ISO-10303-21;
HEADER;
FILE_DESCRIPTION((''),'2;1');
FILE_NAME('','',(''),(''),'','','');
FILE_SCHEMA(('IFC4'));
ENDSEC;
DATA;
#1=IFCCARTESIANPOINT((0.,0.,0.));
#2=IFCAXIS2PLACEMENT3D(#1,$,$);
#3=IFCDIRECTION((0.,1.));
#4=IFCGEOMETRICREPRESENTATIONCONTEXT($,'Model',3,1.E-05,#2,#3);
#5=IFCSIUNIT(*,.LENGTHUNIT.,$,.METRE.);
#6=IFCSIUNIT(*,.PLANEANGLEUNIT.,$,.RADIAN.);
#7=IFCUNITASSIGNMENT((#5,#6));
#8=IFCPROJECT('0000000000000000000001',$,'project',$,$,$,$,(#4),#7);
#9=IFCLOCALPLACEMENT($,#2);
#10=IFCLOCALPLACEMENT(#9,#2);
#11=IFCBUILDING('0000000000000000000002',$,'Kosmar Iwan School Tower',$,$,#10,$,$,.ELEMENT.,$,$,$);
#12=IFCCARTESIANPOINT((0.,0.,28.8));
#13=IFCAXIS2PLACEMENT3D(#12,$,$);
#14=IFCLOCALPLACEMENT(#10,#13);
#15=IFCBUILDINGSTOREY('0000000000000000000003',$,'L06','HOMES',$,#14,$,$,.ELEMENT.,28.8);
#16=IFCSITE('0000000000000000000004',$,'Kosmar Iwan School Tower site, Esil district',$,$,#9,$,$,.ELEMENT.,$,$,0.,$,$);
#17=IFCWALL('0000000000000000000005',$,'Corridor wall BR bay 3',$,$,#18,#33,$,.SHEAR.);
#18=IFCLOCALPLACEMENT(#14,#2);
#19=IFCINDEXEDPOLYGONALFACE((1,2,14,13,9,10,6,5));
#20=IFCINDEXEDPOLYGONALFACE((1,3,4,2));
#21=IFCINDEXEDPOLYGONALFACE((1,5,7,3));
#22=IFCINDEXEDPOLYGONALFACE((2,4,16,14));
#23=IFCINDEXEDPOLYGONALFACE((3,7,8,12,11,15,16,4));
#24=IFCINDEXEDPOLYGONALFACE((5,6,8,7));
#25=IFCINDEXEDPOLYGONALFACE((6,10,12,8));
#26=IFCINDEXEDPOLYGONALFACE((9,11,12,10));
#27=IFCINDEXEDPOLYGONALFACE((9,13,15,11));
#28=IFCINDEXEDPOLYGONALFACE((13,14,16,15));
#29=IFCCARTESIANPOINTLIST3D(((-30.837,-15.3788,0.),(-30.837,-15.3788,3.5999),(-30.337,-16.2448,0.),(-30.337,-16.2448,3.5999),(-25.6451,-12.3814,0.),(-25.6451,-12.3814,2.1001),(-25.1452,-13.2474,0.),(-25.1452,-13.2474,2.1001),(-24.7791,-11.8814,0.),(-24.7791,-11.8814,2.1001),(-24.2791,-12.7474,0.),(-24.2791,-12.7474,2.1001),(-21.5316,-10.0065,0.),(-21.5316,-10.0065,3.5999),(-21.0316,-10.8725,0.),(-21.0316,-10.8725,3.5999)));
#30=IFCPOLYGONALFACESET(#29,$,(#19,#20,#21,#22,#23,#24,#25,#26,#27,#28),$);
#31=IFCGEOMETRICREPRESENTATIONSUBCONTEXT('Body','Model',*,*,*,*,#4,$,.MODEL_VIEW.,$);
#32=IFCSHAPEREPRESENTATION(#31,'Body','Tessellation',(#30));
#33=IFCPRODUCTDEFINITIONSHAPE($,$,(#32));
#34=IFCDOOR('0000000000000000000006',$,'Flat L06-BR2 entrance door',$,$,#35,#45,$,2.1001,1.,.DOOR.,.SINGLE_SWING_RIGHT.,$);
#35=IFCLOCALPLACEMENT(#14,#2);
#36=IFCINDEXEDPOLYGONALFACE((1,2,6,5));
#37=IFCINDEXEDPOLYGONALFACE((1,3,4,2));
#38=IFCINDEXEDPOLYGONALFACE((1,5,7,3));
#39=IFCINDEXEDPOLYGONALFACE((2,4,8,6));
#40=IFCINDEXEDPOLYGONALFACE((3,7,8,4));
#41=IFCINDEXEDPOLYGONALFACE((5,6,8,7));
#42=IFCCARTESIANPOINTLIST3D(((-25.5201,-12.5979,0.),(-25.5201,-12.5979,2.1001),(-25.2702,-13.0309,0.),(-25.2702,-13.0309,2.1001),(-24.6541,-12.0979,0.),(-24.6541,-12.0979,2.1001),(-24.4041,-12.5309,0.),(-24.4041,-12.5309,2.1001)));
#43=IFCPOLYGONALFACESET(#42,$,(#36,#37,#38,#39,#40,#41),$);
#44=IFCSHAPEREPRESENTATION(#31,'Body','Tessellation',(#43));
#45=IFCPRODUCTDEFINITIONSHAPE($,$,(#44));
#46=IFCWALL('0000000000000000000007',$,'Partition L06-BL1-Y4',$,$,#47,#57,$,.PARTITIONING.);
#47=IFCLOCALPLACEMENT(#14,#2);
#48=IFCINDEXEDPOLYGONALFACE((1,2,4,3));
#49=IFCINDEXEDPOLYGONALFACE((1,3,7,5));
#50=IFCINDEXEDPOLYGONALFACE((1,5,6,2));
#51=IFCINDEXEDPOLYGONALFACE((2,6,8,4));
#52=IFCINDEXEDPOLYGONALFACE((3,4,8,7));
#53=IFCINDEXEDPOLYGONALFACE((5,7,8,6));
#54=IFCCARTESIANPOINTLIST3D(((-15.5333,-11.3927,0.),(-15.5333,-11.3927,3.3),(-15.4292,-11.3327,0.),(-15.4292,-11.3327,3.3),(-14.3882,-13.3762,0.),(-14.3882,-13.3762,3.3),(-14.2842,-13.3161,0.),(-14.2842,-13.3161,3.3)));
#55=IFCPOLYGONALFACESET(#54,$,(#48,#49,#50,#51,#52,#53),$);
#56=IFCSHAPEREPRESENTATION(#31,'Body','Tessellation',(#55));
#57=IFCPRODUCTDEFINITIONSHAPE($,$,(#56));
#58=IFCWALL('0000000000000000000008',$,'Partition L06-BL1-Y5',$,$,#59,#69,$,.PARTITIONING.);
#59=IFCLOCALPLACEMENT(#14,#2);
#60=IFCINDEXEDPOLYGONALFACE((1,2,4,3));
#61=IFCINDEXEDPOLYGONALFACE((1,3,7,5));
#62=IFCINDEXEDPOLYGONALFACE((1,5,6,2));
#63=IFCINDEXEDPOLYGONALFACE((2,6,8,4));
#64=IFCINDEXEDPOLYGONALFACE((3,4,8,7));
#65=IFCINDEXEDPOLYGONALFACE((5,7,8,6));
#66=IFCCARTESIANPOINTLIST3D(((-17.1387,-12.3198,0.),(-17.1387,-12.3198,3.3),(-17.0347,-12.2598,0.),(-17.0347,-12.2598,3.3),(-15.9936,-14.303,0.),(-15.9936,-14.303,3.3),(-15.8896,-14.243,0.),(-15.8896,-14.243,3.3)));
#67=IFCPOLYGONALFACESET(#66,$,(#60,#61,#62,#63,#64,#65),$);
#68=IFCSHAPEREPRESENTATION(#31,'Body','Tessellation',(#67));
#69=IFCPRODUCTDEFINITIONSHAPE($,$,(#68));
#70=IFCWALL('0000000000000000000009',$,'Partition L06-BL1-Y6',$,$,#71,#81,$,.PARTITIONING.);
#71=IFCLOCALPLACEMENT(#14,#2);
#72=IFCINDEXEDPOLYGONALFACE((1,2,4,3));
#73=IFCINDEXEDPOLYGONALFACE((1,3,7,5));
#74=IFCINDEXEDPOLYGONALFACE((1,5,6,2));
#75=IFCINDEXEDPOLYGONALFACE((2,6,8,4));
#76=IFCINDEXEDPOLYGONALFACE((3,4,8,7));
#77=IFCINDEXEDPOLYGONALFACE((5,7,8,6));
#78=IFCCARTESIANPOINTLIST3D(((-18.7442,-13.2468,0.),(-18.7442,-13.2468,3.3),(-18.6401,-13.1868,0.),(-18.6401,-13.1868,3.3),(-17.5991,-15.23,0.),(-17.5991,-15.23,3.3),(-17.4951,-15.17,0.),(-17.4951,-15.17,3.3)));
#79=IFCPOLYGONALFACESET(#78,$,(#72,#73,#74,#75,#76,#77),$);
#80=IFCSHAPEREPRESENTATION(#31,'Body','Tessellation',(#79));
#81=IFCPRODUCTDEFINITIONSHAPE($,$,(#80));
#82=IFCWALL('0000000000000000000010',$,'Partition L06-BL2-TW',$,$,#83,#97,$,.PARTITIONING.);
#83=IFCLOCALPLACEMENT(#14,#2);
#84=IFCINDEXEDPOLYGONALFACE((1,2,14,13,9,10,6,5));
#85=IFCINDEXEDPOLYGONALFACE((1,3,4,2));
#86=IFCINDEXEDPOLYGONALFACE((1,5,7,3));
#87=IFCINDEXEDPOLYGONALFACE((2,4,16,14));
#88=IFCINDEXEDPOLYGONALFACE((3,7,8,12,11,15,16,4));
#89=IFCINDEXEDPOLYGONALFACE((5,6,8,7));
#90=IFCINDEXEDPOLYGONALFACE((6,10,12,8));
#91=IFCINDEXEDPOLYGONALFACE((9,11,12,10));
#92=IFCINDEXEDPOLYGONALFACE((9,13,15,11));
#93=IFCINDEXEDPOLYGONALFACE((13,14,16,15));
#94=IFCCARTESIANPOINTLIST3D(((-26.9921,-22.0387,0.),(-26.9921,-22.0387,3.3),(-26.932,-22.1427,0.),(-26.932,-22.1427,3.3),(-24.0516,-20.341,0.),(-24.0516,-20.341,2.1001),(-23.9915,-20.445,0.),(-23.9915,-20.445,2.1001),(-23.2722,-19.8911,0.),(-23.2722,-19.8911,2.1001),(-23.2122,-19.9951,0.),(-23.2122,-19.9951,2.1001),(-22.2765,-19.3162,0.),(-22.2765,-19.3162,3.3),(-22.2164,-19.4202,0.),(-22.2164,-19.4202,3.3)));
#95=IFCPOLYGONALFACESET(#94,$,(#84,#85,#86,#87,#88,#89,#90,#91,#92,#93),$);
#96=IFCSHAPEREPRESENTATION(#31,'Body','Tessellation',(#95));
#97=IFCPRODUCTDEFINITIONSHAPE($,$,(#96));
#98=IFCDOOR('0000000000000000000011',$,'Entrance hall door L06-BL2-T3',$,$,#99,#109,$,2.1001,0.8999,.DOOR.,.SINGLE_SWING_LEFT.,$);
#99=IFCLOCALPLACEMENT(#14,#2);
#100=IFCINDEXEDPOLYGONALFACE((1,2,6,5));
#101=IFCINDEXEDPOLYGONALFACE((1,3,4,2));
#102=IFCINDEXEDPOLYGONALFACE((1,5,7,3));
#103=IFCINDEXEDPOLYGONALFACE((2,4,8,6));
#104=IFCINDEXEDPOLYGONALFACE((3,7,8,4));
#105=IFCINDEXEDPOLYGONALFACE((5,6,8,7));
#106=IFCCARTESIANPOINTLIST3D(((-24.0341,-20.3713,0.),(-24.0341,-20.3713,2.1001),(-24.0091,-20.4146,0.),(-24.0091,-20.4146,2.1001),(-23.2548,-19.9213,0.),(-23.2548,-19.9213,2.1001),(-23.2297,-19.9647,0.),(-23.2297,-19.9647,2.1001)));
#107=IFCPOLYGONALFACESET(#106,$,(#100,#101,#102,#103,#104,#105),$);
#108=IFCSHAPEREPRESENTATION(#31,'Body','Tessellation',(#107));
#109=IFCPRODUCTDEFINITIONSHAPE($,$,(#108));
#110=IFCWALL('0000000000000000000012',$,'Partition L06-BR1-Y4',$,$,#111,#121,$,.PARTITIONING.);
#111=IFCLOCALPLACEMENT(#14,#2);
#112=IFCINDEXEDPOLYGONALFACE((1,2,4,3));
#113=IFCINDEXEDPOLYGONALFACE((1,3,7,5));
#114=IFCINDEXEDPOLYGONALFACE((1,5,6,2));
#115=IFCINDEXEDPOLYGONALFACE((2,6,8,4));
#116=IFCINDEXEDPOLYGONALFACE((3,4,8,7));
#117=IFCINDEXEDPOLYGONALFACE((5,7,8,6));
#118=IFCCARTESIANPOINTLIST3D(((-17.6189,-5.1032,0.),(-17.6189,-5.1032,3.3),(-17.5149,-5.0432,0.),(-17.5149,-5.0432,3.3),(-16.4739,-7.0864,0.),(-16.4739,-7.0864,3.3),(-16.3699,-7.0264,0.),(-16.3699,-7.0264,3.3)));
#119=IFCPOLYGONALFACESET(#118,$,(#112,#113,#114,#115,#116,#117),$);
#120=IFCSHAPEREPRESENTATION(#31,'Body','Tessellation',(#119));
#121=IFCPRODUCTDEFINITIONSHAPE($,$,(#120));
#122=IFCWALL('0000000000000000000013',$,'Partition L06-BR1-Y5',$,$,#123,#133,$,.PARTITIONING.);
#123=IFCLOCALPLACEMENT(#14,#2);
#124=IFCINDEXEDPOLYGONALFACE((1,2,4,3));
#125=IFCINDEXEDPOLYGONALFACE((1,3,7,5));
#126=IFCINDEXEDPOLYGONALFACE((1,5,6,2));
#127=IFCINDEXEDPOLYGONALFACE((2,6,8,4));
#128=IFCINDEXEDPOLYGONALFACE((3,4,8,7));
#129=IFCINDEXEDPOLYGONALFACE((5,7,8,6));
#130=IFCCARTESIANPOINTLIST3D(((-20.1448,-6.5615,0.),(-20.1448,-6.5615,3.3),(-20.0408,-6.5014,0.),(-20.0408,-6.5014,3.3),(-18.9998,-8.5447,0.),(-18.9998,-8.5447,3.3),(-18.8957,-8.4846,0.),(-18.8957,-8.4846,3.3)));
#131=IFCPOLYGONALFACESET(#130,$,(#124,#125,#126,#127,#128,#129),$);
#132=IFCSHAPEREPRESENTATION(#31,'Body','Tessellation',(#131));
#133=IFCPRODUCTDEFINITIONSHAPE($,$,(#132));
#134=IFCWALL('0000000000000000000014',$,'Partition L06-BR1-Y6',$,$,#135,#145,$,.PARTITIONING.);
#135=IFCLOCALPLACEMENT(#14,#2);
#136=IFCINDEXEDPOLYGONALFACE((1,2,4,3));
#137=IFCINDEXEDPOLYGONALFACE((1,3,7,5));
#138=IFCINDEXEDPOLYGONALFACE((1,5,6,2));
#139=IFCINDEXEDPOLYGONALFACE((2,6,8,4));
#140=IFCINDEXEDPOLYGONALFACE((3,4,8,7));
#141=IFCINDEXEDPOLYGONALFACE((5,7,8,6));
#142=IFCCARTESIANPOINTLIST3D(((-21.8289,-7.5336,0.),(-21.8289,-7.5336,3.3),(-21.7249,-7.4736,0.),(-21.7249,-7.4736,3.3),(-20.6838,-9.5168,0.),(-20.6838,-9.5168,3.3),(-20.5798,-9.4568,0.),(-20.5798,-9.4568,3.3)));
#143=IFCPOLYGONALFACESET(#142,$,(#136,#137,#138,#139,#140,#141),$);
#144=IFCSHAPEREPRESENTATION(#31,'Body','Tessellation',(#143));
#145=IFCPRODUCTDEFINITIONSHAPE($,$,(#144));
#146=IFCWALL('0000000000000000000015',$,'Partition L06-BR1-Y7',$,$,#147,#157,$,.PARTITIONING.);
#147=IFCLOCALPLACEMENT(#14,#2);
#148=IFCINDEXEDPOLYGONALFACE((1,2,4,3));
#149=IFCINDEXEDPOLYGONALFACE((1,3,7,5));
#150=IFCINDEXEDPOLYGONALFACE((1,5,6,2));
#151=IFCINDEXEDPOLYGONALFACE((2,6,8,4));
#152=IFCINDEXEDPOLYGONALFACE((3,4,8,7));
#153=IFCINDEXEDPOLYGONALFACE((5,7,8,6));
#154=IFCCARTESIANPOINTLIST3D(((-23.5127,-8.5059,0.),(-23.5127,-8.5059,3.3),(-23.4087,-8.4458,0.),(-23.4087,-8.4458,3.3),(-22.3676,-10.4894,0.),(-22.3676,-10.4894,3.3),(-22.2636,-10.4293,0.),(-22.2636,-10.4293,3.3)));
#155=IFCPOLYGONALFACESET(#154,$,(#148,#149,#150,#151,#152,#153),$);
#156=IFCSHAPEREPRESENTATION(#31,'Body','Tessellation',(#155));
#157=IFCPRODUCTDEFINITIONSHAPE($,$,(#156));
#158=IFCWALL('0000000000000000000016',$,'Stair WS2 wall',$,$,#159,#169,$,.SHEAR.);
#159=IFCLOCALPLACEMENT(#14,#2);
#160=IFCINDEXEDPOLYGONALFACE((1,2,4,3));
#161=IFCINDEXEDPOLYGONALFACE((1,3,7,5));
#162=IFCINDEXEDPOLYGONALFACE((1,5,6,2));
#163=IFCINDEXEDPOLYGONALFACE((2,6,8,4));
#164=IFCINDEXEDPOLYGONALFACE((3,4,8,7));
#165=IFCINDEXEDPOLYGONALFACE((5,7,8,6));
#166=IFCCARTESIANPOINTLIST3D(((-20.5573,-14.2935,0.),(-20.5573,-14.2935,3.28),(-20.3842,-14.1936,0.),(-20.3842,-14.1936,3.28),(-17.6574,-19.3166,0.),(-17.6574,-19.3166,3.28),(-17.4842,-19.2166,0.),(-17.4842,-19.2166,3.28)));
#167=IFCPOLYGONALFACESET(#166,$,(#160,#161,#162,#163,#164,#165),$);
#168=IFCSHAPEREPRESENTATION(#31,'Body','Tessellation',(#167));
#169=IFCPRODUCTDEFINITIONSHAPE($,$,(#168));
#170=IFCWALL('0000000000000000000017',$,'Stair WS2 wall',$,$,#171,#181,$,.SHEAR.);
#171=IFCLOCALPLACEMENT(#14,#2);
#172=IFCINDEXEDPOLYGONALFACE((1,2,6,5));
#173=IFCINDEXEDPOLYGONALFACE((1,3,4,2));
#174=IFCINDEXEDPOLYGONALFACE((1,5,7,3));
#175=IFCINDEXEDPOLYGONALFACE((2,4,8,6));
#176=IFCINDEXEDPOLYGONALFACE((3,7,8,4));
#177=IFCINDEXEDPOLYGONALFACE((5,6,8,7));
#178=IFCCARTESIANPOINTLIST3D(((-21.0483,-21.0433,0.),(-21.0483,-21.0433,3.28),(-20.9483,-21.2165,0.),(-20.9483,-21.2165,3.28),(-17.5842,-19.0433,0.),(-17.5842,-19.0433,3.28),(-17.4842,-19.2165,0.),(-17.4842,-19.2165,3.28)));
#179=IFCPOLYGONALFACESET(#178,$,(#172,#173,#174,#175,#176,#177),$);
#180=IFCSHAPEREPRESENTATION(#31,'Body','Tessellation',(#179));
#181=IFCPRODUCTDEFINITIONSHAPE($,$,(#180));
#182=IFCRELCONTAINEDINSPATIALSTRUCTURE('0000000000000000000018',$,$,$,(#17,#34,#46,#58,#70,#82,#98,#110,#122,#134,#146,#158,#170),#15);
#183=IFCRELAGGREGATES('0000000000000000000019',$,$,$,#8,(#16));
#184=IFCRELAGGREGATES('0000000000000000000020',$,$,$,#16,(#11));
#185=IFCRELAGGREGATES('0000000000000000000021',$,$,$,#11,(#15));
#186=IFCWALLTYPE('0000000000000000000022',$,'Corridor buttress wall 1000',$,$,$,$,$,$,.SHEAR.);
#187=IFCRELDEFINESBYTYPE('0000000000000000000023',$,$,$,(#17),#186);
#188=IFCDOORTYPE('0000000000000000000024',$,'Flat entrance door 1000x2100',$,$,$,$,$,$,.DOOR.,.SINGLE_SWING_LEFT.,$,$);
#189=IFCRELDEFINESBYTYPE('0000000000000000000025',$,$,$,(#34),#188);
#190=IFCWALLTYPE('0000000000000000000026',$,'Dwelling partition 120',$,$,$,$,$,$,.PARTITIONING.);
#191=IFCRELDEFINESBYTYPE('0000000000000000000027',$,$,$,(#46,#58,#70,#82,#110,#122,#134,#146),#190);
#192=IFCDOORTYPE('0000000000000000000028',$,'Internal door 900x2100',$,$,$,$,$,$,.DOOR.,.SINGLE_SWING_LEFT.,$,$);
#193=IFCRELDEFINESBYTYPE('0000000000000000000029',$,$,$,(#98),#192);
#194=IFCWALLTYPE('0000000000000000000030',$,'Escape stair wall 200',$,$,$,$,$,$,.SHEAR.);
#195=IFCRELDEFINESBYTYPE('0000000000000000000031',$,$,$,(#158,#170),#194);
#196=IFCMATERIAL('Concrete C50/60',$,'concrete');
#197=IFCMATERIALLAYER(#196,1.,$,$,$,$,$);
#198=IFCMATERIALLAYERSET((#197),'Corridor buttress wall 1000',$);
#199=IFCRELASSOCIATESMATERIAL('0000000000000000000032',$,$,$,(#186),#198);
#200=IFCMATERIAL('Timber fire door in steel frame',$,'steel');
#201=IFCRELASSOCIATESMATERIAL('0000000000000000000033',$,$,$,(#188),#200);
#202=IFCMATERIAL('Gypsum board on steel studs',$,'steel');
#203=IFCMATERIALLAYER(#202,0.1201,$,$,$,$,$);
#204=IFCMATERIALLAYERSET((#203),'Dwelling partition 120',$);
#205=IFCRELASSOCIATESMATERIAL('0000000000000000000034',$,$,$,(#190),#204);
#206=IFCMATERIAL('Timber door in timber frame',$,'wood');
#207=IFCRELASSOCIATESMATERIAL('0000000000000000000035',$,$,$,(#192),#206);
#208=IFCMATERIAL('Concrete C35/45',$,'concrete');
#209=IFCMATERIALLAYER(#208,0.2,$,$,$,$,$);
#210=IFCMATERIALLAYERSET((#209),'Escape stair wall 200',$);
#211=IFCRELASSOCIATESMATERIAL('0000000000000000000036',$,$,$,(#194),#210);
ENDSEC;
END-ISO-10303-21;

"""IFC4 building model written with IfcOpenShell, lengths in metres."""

from ifc_helpers import new_model, si_unit, direction, frame, frame_2d, origin, place, context, subcontext, project, spatial, rectangle, extrude, material, layer, layer_set, type_object, element, fill, save


model = new_model("IFC4")

# Units and contexts
model_context = context("Model", 3, precision=1e-05, world=origin(), true_north=direction((0.0, 1.0)))
body_context = subcontext(model_context, "Body", "Model", "MODEL_VIEW")
ifc_project = project(units=[si_unit("LENGTHUNIT", "METRE"), si_unit("PLANEANGLEUNIT", "RADIAN")], contexts=[model_context])

# Site, building, storey
site_placement = place(None, origin())
site = spatial("IfcSite", under=ifc_project, at=site_placement, Name="Kosmar Iwan School Tower site, Esil district", CompositionType="ELEMENT", RefElevation=0.0)
building_placement = place(site_placement, origin())
building = spatial("IfcBuilding", under=site, at=building_placement, Name="Kosmar Iwan School Tower", CompositionType="ELEMENT")
storey_placement = place(building_placement, frame((0.0, 0.0, 28.8)))
storey = spatial("IfcBuildingStorey", under=building, at=storey_placement, Name="L06", Description="HOMES", CompositionType="ELEMENT", Elevation=28.8)

# Shared definitions
ifc_material_1 = material(Name="Concrete C50/60", Category="concrete")
ifc_layer_1 = layer(ifc_material_1, 1.0)
ifc_layer_set_1 = layer_set([ifc_layer_1], Name="Corridor buttress wall 1000")
wall_type_1 = type_object("IfcWallType", Name="Corridor buttress wall 1000", PredefinedType="SHEAR", material=ifc_layer_set_1)

# Shared definitions
ifc_material_2 = material(Name="Timber fire door in steel frame", Category="steel")
door_type_1 = type_object("IfcDoorType", Name="Flat entrance door 1000x2100", OperationType="SINGLE_SWING_LEFT", PredefinedType="DOOR", material=ifc_material_2)

# Wall, opening, door
wall_1_placement = place(storey_placement, frame((-21.2815, -10.4395, 0.0), z_axis=(0.0, 0.0, 1.0), x_axis=(-0.866032, -0.499988, 0.0)))
wall_1 = element("IfcWall", 1, at=wall_1_placement, inside=storey, type_object=wall_type_1, Name="Corridor wall BR bay 3", PredefinedType="SHEAR", context=body_context, shape_type="SweptSolid", body=[
    extrude(rectangle(XDim=10.7449, YDim=1.0, at=frame_2d((5.3726, 0.0))), origin(), (0.0, 0.0, 1.0), 3.5999),
])
opening_1_placement = place(wall_1_placement, frame((3.75, 0.0, 0.0)))
opening_1 = element("IfcOpeningElement", 2, at=opening_1_placement, cuts=wall_1, PredefinedType="OPENING", context=body_context, shape_type="SweptSolid", body=[
    extrude(rectangle(XDim=1.0, YDim=2.1001, at=frame_2d((0.5, 1.05))), frame((0.0, 0.512, 0.0), z_axis=(0.0, -1.0, 0.0), x_axis=(1.0, 0.0, 0.0)), (0.0, 0.0, 1.0), 1.0239),
])
door_1_placement = place(opening_1_placement, origin())
door_1 = element("IfcDoor", 3, at=door_1_placement, inside=storey, type_object=door_type_1, Name="Flat L06-BR2 entrance door", OperationType="SINGLE_SWING_RIGHT", OverallHeight=2.1001, OverallWidth=1.0, PredefinedType="DOOR", context=body_context, shape_type="SweptSolid", body=[
    extrude(rectangle(XDim=1.0, YDim=2.1001, at=frame_2d((0.5, 1.05))), frame((0.0, 0.25, 0.0), z_axis=(0.0, -1.0, 0.0), x_axis=(1.0, 0.0, 0.0)), (0.0, 0.0, 1.0), 0.5),
])
fill(opening_1, door_1)

# Walls
ifc_material_3 = material(Name="Gypsum board on steel studs", Category="steel")
ifc_layer_2 = layer(ifc_material_3, 0.1201)
ifc_layer_set_2 = layer_set([ifc_layer_2], Name="Dwelling partition 120")
wall_type_2 = type_object("IfcWallType", Name="Dwelling partition 120", PredefinedType="PARTITIONING", material=ifc_layer_set_2)
wall_2_placement = place(storey_placement, frame((-15.4812, -11.3628, 0.0), z_axis=(0.0, 0.0, 1.0), x_axis=(0.499969, -0.866044, 0.0)))
element("IfcWall", 4, at=wall_2_placement, inside=storey, type_object=wall_type_2, Name="Partition L06-BL1-Y4", PredefinedType="PARTITIONING", context=body_context, shape_type="SweptSolid", body=[
    extrude(rectangle(XDim=2.2903, YDim=0.1201, at=frame_2d((1.145, 0.0))), origin(), (0.0, 0.0, 1.0), 3.3),
])
for number, where, z_axis, x_axis, name in (
    (5, (-17.0867, -12.2898, 0.0), (0.0, 0.0, 1.0), (0.500015, -0.866017, 0.0), "Partition L06-BL1-Y5"),
    (6, (-18.6921, -13.2168, 0.0), (0.0, 0.0, 1.0), (0.500015, -0.866017, 0.0), "Partition L06-BL1-Y6"),
):
    element("IfcWall", number, at=place(storey_placement, frame(where, z_axis=z_axis, x_axis=x_axis)), inside=storey, type_object=wall_type_2, Name=name, PredefinedType="PARTITIONING", context=body_context, shape_type="SweptSolid", body=[
        extrude(rectangle(XDim=2.29, YDim=0.1201, at=frame_2d((1.145, 0.0))), origin(), (0.0, 0.0, 1.0), 3.3),
    ])

# Wall, opening, door
wall_3_placement = place(storey_placement, frame((-22.2463, -19.3682, 0.0), z_axis=(0.0, 0.0, 1.0), x_axis=(-0.866036, -0.499982, 0.0)))
wall_3 = element("IfcWall", 7, at=wall_3_placement, inside=storey, type_object=wall_type_2, Name="Partition L06-BL2-TW", PredefinedType="PARTITIONING", context=body_context, shape_type="SweptSolid", body=[
    extrude(rectangle(XDim=5.4451, YDim=0.1201, at=frame_2d((2.7227, 0.0))), origin(), (0.0, 0.0, 1.0), 3.3),
])
opening_2_placement = place(wall_3_placement, frame((1.1499, 0.0, 0.0)))
opening_2 = element("IfcOpeningElement", 8, at=opening_2_placement, cuts=wall_3, PredefinedType="OPENING", context=body_context, shape_type="SweptSolid", body=[
    extrude(rectangle(XDim=0.8999, YDim=2.1001, at=frame_2d((0.45, 1.05))), frame((0.0, 0.072, 0.0), z_axis=(0.0, -1.0, 0.0), x_axis=(1.0, 0.0, 0.0)), (0.0, 0.0, 1.0), 0.144),
])
ifc_material_4 = material(Name="Timber door in timber frame", Category="wood")
door_type_2 = type_object("IfcDoorType", Name="Internal door 900x2100", OperationType="SINGLE_SWING_LEFT", PredefinedType="DOOR", material=ifc_material_4)
door_2_placement = place(opening_2_placement, origin())
door_2 = element("IfcDoor", 9, at=door_2_placement, inside=storey, type_object=door_type_2, Name="Entrance hall door L06-BL2-T3", OperationType="SINGLE_SWING_LEFT", OverallHeight=2.1001, OverallWidth=0.8999, PredefinedType="DOOR", context=body_context, shape_type="SweptSolid", body=[
    extrude(rectangle(XDim=0.8999, YDim=2.1001, at=frame_2d((0.45, 1.05))), frame((0.0, 0.0249, 0.0), z_axis=(0.0, -1.0, 0.0), x_axis=(1.0, 0.0, 0.0)), (0.0, 0.0, 1.0), 0.05),
])
fill(opening_2, door_2)

# Walls
for number, where, z_axis, x_axis, name in (
    (10, (-16.4219, -7.0564, 0.0), (0.0, 0.0, 1.0), (-0.500015, 0.866017, 0.0), "Partition L06-BR1-Y4"),
    (11, (-18.9478, -8.5146, 0.0), (0.0, 0.0, 1.0), (-0.500015, 0.866017, 0.0), "Partition L06-BR1-Y5"),
    (12, (-20.6318, -9.4868, 0.0), (0.0, 0.0, 1.0), (-0.500015, 0.866017, 0.0), "Partition L06-BR1-Y6"),
):
    element("IfcWall", number, at=place(storey_placement, frame(where, z_axis=z_axis, x_axis=x_axis)), inside=storey, type_object=wall_type_2, Name=name, PredefinedType="PARTITIONING", context=body_context, shape_type="SweptSolid", body=[
        extrude(rectangle(XDim=2.29, YDim=0.1201, at=frame_2d((1.145, 0.0))), origin(), (0.0, 0.0, 1.0), 3.3),
    ])
wall_4_placement = place(storey_placement, frame((-22.3157, -10.4592, 0.0), z_axis=(0.0, 0.0, 1.0), x_axis=(-0.499969, 0.866044, 0.0)))
element("IfcWall", 13, at=wall_4_placement, inside=storey, type_object=wall_type_2, Name="Partition L06-BR1-Y7", PredefinedType="PARTITIONING", context=body_context, shape_type="SweptSolid", body=[
    extrude(rectangle(XDim=2.2903, YDim=0.1201, at=frame_2d((1.145, 0.0))), origin(), (0.0, 0.0, 1.0), 3.3),
])
ifc_material_5 = material(Name="Concrete C35/45", Category="concrete")
ifc_layer_3 = layer(ifc_material_5, 0.2)
ifc_layer_set_3 = layer_set([ifc_layer_3], Name="Escape stair wall 200")
wall_type_3 = type_object("IfcWallType", Name="Escape stair wall 200", PredefinedType="SHEAR", material=ifc_layer_set_3)
wall_5_placement = place(storey_placement, frame((-20.4707, -14.2437, 0.0), z_axis=(0.0, 0.0, 1.0), x_axis=(0.499987, -0.866033, 0.0)))
element("IfcWall", 14, at=wall_5_placement, inside=storey, type_object=wall_type_3, Name="Stair WS2 wall", PredefinedType="SHEAR", context=body_context, shape_type="SweptSolid", body=[
    extrude(rectangle(XDim=5.8, YDim=0.2, at=frame_2d((2.8999, 0.0))), origin(), (0.0, 0.0, 1.0), 3.28),
])
wall_6_placement = place(storey_placement, frame((-17.5342, -19.1299, 0.0), z_axis=(0.0, 0.0, 1.0), x_axis=(-0.866026, -0.499999, 0.0)))
element("IfcWall", 15, at=wall_6_placement, inside=storey, type_object=wall_type_3, Name="Stair WS2 wall", PredefinedType="SHEAR", context=body_context, shape_type="SweptSolid", body=[
    extrude(rectangle(XDim=4.0, YDim=0.2, at=frame_2d((2.0, 0.0))), origin(), (0.0, 0.0, 1.0), 3.28),
])

save(model, "model.ifc")
